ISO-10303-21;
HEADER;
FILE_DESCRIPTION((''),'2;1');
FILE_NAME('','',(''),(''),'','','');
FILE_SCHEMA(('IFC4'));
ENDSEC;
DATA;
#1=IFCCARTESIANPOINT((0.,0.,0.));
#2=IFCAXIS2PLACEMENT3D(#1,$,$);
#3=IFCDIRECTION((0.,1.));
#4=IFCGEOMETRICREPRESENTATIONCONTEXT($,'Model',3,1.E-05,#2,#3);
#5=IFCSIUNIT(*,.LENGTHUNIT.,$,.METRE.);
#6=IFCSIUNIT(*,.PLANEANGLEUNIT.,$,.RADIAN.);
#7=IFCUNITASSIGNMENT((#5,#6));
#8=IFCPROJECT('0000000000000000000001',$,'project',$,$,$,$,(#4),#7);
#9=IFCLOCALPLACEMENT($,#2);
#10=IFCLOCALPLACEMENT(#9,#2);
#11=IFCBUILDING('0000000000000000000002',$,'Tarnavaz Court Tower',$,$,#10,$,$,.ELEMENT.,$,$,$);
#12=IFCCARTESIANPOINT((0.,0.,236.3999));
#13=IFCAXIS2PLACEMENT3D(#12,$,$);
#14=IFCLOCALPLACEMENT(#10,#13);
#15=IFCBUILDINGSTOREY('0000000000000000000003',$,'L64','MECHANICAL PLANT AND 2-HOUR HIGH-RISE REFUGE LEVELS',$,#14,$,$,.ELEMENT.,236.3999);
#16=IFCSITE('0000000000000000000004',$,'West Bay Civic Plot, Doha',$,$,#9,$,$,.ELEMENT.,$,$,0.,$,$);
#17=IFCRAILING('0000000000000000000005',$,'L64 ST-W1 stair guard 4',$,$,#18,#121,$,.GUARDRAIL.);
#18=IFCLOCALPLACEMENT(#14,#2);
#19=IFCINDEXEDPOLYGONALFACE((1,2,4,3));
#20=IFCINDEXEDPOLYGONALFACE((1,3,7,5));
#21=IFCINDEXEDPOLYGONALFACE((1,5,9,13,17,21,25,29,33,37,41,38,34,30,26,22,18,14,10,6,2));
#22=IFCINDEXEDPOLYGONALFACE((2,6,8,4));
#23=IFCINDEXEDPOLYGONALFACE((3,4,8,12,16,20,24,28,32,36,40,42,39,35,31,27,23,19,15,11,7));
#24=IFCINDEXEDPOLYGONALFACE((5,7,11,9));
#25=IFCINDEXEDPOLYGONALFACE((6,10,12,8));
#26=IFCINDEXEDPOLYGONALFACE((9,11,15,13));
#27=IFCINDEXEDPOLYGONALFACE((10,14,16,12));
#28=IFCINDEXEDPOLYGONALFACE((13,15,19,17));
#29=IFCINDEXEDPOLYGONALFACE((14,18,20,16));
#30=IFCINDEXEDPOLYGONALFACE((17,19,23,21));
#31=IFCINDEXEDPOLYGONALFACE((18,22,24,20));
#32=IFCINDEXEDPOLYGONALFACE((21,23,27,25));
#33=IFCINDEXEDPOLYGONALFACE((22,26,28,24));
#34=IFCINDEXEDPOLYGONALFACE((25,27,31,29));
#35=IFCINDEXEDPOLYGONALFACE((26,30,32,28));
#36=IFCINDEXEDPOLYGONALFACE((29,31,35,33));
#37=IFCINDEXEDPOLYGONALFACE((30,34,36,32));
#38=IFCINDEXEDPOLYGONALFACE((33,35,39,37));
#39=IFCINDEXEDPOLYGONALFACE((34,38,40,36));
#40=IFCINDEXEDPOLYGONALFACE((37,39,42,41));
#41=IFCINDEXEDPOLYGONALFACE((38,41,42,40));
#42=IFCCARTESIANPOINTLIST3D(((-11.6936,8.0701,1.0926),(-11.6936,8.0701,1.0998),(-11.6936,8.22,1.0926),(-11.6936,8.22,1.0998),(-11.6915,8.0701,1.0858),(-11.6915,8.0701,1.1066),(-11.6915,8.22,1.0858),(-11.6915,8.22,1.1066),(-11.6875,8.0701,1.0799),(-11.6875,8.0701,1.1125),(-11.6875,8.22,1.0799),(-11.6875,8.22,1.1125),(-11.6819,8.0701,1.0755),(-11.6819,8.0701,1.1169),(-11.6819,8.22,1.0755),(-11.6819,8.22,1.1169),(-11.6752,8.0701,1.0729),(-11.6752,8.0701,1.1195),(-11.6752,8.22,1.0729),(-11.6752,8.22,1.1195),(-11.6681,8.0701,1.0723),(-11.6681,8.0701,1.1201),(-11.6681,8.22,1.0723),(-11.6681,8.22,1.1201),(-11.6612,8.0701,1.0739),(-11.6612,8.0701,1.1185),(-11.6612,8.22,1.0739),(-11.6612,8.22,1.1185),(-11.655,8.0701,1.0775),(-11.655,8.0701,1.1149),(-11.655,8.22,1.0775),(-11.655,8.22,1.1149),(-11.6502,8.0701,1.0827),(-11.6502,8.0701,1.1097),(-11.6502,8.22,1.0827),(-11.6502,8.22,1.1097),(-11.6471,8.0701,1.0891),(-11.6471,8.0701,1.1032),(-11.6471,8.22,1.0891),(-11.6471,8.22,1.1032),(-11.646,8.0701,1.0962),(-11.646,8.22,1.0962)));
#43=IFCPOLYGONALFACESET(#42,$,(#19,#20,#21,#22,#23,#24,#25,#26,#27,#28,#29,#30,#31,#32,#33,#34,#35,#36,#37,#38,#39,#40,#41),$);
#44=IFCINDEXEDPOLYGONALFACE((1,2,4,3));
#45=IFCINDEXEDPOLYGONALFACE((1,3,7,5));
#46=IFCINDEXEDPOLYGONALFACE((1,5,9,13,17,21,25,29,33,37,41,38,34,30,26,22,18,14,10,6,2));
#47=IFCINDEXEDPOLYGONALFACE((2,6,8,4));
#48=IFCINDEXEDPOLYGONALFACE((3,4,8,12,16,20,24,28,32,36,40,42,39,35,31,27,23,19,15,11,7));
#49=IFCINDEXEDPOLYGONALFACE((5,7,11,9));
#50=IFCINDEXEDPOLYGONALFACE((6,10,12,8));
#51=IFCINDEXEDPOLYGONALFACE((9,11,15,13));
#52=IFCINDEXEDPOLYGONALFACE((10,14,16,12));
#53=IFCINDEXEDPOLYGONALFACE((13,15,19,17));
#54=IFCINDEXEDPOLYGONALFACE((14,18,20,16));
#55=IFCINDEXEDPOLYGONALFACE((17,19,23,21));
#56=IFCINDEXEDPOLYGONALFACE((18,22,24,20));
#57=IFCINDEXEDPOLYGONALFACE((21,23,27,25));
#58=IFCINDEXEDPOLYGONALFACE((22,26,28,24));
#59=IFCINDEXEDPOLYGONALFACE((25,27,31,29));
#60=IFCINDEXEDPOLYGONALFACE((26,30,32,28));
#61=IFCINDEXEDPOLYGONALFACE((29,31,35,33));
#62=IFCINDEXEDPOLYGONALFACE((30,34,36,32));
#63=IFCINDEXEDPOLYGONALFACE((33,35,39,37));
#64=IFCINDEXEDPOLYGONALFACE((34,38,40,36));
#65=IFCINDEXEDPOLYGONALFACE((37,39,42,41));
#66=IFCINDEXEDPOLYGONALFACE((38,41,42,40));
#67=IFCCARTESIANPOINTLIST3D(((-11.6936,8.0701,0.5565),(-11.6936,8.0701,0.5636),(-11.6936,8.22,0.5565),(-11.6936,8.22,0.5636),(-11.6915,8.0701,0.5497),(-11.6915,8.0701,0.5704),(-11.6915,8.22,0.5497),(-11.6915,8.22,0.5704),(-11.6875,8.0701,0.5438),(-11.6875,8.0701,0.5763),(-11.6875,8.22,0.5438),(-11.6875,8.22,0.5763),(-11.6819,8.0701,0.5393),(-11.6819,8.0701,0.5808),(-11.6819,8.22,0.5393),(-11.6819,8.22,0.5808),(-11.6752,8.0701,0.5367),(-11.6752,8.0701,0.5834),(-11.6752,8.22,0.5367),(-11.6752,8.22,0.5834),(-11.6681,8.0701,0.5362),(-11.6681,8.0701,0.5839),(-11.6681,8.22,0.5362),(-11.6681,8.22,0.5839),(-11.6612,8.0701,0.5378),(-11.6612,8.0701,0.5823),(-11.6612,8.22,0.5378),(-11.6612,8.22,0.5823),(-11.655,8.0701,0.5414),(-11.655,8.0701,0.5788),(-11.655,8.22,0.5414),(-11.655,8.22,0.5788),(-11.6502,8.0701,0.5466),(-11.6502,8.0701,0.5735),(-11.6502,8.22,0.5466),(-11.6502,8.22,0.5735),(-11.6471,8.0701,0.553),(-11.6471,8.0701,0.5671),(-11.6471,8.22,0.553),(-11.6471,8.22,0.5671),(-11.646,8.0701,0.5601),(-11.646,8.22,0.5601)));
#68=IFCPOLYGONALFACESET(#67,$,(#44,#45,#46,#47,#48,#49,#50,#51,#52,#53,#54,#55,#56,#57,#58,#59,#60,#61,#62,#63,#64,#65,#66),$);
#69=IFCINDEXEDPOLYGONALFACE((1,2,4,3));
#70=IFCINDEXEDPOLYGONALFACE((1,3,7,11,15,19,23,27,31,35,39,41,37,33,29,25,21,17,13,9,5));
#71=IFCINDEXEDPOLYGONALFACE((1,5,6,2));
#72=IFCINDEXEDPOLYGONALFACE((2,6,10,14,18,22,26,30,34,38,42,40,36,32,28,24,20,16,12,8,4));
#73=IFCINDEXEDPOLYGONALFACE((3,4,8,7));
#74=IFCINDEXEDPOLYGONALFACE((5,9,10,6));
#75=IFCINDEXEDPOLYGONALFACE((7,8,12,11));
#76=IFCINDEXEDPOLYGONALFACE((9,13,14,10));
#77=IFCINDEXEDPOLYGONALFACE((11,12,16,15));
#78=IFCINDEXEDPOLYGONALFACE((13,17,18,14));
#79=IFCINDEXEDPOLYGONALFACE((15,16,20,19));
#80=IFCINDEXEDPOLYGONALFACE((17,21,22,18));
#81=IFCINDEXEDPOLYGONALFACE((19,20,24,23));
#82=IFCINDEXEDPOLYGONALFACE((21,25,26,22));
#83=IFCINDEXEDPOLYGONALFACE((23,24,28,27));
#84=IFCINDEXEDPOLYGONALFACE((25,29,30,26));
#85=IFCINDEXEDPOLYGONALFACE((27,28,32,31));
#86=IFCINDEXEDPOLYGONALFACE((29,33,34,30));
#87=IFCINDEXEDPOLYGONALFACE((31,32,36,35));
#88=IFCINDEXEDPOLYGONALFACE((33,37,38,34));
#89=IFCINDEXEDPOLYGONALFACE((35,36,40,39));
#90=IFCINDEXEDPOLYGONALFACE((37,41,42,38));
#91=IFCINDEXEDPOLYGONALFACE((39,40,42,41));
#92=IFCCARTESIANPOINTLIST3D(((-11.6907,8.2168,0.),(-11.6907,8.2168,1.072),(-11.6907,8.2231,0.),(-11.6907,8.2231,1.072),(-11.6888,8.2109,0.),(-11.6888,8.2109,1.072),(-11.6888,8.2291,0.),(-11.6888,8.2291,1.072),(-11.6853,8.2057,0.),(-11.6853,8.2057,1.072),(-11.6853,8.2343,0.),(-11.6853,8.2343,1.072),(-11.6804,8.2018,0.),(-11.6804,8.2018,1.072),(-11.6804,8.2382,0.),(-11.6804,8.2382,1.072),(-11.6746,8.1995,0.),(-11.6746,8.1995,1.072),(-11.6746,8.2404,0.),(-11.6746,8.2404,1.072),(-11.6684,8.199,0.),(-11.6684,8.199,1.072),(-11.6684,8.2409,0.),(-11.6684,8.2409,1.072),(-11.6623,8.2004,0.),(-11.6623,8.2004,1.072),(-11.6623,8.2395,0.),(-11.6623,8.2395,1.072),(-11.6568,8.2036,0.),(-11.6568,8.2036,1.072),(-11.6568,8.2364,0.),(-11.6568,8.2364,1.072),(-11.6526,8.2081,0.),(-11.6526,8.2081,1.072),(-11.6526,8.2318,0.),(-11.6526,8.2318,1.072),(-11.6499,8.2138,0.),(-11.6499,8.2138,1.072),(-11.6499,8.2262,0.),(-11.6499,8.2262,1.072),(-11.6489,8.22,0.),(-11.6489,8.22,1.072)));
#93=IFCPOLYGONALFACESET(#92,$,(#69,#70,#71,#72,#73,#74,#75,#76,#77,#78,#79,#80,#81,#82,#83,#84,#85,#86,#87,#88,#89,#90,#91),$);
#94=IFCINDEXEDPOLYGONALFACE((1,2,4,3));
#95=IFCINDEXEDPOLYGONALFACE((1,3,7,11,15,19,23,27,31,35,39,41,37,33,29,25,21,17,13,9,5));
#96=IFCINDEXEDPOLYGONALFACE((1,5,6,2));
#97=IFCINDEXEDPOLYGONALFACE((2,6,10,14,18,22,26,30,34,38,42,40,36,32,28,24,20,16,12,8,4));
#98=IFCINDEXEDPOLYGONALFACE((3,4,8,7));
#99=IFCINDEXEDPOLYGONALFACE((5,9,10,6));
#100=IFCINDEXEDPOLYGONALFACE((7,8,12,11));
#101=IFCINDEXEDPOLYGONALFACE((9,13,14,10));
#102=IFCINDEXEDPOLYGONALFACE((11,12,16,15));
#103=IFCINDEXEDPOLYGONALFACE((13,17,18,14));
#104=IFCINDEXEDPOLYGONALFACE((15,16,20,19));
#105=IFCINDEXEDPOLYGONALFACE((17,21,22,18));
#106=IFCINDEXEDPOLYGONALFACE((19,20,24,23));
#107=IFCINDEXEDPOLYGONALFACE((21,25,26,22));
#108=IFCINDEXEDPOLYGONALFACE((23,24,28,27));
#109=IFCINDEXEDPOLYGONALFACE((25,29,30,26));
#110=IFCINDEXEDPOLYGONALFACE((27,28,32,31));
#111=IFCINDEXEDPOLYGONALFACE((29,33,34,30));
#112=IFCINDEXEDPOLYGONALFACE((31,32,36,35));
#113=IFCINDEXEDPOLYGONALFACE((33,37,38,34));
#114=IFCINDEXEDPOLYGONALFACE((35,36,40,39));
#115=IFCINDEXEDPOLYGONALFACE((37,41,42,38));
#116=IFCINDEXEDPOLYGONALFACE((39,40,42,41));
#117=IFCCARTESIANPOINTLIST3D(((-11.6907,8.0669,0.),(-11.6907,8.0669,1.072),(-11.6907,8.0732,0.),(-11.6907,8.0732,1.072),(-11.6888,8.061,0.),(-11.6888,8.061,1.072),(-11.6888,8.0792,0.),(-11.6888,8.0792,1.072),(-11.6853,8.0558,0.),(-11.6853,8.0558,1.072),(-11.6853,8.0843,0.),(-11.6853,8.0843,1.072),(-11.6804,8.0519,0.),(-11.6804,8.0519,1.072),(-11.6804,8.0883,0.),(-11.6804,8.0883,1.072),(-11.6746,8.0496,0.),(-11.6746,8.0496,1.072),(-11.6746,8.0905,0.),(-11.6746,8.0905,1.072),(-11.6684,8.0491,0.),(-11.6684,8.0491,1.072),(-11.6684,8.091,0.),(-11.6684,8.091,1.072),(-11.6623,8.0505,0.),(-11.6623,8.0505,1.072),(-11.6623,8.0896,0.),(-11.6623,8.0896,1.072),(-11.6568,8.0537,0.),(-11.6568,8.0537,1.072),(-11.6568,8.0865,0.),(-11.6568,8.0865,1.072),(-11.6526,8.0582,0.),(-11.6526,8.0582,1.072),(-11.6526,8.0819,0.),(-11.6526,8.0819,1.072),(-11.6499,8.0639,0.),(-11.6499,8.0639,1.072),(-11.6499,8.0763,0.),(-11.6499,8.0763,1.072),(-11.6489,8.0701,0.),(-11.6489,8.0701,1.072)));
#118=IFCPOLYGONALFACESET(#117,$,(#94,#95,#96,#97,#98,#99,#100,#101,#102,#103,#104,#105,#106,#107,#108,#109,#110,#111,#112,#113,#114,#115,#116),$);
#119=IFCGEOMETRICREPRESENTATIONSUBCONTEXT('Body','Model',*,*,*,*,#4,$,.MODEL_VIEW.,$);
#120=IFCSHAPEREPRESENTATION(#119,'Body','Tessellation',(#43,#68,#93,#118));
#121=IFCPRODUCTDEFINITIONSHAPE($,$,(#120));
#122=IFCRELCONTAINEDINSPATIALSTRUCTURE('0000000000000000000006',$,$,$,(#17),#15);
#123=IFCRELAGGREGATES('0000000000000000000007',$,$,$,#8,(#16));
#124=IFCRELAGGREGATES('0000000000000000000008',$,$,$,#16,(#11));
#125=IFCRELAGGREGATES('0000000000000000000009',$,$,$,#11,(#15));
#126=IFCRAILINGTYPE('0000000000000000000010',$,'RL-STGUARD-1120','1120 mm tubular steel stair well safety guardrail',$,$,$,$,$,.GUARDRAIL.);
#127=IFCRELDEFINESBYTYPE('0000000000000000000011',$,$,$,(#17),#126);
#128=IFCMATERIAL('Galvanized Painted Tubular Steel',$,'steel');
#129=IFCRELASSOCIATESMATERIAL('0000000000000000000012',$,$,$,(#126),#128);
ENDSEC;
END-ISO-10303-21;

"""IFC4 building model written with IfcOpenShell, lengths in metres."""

from ifc_helpers import new_model, si_unit, direction, frame, origin, origin_2d, place, context, subcontext, project, spatial, circle, extrude, material, type_object, element, save


model = new_model("IFC4")

# Units and contexts
model_context = context("Model", 3, precision=1e-05, world=origin(), true_north=direction((0.0, 1.0)))
body_context = subcontext(model_context, "Body", "Model", "MODEL_VIEW")
ifc_project = project(units=[si_unit("LENGTHUNIT", "METRE"), si_unit("PLANEANGLEUNIT", "RADIAN")], contexts=[model_context])

# Site, building, storey
site_placement = place(None, origin())
site = spatial("IfcSite", under=ifc_project, at=site_placement, Name="West Bay Civic Plot, Doha", CompositionType="ELEMENT", RefElevation=0.0)
building_placement = place(site_placement, origin())
building = spatial("IfcBuilding", under=site, at=building_placement, Name="Tarnavaz Court Tower", CompositionType="ELEMENT")
storey_placement = place(building_placement, frame((0.0, 0.0, 236.3999)))
storey = spatial("IfcBuildingStorey", under=building, at=storey_placement, Name="L64", Description="MECHANICAL PLANT AND 2-HOUR HIGH-RISE REFUGE LEVELS", CompositionType="ELEMENT", Elevation=236.3999)

# Railing
ifc_material_1 = material(Name="Galvanized Painted Tubular Steel", Category="steel")
railing_type_1 = type_object("IfcRailingType", Name="RL-STGUARD-1120", Description="1120 mm tubular steel stair well safety guardrail", PredefinedType="GUARDRAIL", material=ifc_material_1)
railing_1_placement = place(storey_placement, frame((-11.6699, 8.22, 0.0)))
element("IfcRailing", 1, at=railing_1_placement, inside=storey, type_object=railing_type_1, Name="L64 ST-W1 stair guard 4", PredefinedType="GUARDRAIL", context=body_context, shape_type="SweptSolid", body=[
    extrude(circle(Radius=0.0239, at=origin_2d()), frame((0.0, 0.0, 1.0962), z_axis=(0.0, -1.0, 0.0), x_axis=(1.0, 0.0, 0.0)), (0.0, 0.0, 1.0), 0.1499),
    extrude(circle(Radius=0.0239, at=origin_2d()), frame((0.0, 0.0, 0.5601), z_axis=(0.0, -1.0, 0.0), x_axis=(1.0, 0.0, 0.0)), (0.0, 0.0, 1.0), 0.1499),
    extrude(circle(Radius=0.021, at=origin_2d()), origin(), (0.0, 0.0, 1.0), 1.072),
    extrude(circle(Radius=0.021, at=origin_2d()), frame((0.0, -0.1499, 0.0)), (0.0, 0.0, 1.0), 1.072),
])

save(model, "model.ifc")
